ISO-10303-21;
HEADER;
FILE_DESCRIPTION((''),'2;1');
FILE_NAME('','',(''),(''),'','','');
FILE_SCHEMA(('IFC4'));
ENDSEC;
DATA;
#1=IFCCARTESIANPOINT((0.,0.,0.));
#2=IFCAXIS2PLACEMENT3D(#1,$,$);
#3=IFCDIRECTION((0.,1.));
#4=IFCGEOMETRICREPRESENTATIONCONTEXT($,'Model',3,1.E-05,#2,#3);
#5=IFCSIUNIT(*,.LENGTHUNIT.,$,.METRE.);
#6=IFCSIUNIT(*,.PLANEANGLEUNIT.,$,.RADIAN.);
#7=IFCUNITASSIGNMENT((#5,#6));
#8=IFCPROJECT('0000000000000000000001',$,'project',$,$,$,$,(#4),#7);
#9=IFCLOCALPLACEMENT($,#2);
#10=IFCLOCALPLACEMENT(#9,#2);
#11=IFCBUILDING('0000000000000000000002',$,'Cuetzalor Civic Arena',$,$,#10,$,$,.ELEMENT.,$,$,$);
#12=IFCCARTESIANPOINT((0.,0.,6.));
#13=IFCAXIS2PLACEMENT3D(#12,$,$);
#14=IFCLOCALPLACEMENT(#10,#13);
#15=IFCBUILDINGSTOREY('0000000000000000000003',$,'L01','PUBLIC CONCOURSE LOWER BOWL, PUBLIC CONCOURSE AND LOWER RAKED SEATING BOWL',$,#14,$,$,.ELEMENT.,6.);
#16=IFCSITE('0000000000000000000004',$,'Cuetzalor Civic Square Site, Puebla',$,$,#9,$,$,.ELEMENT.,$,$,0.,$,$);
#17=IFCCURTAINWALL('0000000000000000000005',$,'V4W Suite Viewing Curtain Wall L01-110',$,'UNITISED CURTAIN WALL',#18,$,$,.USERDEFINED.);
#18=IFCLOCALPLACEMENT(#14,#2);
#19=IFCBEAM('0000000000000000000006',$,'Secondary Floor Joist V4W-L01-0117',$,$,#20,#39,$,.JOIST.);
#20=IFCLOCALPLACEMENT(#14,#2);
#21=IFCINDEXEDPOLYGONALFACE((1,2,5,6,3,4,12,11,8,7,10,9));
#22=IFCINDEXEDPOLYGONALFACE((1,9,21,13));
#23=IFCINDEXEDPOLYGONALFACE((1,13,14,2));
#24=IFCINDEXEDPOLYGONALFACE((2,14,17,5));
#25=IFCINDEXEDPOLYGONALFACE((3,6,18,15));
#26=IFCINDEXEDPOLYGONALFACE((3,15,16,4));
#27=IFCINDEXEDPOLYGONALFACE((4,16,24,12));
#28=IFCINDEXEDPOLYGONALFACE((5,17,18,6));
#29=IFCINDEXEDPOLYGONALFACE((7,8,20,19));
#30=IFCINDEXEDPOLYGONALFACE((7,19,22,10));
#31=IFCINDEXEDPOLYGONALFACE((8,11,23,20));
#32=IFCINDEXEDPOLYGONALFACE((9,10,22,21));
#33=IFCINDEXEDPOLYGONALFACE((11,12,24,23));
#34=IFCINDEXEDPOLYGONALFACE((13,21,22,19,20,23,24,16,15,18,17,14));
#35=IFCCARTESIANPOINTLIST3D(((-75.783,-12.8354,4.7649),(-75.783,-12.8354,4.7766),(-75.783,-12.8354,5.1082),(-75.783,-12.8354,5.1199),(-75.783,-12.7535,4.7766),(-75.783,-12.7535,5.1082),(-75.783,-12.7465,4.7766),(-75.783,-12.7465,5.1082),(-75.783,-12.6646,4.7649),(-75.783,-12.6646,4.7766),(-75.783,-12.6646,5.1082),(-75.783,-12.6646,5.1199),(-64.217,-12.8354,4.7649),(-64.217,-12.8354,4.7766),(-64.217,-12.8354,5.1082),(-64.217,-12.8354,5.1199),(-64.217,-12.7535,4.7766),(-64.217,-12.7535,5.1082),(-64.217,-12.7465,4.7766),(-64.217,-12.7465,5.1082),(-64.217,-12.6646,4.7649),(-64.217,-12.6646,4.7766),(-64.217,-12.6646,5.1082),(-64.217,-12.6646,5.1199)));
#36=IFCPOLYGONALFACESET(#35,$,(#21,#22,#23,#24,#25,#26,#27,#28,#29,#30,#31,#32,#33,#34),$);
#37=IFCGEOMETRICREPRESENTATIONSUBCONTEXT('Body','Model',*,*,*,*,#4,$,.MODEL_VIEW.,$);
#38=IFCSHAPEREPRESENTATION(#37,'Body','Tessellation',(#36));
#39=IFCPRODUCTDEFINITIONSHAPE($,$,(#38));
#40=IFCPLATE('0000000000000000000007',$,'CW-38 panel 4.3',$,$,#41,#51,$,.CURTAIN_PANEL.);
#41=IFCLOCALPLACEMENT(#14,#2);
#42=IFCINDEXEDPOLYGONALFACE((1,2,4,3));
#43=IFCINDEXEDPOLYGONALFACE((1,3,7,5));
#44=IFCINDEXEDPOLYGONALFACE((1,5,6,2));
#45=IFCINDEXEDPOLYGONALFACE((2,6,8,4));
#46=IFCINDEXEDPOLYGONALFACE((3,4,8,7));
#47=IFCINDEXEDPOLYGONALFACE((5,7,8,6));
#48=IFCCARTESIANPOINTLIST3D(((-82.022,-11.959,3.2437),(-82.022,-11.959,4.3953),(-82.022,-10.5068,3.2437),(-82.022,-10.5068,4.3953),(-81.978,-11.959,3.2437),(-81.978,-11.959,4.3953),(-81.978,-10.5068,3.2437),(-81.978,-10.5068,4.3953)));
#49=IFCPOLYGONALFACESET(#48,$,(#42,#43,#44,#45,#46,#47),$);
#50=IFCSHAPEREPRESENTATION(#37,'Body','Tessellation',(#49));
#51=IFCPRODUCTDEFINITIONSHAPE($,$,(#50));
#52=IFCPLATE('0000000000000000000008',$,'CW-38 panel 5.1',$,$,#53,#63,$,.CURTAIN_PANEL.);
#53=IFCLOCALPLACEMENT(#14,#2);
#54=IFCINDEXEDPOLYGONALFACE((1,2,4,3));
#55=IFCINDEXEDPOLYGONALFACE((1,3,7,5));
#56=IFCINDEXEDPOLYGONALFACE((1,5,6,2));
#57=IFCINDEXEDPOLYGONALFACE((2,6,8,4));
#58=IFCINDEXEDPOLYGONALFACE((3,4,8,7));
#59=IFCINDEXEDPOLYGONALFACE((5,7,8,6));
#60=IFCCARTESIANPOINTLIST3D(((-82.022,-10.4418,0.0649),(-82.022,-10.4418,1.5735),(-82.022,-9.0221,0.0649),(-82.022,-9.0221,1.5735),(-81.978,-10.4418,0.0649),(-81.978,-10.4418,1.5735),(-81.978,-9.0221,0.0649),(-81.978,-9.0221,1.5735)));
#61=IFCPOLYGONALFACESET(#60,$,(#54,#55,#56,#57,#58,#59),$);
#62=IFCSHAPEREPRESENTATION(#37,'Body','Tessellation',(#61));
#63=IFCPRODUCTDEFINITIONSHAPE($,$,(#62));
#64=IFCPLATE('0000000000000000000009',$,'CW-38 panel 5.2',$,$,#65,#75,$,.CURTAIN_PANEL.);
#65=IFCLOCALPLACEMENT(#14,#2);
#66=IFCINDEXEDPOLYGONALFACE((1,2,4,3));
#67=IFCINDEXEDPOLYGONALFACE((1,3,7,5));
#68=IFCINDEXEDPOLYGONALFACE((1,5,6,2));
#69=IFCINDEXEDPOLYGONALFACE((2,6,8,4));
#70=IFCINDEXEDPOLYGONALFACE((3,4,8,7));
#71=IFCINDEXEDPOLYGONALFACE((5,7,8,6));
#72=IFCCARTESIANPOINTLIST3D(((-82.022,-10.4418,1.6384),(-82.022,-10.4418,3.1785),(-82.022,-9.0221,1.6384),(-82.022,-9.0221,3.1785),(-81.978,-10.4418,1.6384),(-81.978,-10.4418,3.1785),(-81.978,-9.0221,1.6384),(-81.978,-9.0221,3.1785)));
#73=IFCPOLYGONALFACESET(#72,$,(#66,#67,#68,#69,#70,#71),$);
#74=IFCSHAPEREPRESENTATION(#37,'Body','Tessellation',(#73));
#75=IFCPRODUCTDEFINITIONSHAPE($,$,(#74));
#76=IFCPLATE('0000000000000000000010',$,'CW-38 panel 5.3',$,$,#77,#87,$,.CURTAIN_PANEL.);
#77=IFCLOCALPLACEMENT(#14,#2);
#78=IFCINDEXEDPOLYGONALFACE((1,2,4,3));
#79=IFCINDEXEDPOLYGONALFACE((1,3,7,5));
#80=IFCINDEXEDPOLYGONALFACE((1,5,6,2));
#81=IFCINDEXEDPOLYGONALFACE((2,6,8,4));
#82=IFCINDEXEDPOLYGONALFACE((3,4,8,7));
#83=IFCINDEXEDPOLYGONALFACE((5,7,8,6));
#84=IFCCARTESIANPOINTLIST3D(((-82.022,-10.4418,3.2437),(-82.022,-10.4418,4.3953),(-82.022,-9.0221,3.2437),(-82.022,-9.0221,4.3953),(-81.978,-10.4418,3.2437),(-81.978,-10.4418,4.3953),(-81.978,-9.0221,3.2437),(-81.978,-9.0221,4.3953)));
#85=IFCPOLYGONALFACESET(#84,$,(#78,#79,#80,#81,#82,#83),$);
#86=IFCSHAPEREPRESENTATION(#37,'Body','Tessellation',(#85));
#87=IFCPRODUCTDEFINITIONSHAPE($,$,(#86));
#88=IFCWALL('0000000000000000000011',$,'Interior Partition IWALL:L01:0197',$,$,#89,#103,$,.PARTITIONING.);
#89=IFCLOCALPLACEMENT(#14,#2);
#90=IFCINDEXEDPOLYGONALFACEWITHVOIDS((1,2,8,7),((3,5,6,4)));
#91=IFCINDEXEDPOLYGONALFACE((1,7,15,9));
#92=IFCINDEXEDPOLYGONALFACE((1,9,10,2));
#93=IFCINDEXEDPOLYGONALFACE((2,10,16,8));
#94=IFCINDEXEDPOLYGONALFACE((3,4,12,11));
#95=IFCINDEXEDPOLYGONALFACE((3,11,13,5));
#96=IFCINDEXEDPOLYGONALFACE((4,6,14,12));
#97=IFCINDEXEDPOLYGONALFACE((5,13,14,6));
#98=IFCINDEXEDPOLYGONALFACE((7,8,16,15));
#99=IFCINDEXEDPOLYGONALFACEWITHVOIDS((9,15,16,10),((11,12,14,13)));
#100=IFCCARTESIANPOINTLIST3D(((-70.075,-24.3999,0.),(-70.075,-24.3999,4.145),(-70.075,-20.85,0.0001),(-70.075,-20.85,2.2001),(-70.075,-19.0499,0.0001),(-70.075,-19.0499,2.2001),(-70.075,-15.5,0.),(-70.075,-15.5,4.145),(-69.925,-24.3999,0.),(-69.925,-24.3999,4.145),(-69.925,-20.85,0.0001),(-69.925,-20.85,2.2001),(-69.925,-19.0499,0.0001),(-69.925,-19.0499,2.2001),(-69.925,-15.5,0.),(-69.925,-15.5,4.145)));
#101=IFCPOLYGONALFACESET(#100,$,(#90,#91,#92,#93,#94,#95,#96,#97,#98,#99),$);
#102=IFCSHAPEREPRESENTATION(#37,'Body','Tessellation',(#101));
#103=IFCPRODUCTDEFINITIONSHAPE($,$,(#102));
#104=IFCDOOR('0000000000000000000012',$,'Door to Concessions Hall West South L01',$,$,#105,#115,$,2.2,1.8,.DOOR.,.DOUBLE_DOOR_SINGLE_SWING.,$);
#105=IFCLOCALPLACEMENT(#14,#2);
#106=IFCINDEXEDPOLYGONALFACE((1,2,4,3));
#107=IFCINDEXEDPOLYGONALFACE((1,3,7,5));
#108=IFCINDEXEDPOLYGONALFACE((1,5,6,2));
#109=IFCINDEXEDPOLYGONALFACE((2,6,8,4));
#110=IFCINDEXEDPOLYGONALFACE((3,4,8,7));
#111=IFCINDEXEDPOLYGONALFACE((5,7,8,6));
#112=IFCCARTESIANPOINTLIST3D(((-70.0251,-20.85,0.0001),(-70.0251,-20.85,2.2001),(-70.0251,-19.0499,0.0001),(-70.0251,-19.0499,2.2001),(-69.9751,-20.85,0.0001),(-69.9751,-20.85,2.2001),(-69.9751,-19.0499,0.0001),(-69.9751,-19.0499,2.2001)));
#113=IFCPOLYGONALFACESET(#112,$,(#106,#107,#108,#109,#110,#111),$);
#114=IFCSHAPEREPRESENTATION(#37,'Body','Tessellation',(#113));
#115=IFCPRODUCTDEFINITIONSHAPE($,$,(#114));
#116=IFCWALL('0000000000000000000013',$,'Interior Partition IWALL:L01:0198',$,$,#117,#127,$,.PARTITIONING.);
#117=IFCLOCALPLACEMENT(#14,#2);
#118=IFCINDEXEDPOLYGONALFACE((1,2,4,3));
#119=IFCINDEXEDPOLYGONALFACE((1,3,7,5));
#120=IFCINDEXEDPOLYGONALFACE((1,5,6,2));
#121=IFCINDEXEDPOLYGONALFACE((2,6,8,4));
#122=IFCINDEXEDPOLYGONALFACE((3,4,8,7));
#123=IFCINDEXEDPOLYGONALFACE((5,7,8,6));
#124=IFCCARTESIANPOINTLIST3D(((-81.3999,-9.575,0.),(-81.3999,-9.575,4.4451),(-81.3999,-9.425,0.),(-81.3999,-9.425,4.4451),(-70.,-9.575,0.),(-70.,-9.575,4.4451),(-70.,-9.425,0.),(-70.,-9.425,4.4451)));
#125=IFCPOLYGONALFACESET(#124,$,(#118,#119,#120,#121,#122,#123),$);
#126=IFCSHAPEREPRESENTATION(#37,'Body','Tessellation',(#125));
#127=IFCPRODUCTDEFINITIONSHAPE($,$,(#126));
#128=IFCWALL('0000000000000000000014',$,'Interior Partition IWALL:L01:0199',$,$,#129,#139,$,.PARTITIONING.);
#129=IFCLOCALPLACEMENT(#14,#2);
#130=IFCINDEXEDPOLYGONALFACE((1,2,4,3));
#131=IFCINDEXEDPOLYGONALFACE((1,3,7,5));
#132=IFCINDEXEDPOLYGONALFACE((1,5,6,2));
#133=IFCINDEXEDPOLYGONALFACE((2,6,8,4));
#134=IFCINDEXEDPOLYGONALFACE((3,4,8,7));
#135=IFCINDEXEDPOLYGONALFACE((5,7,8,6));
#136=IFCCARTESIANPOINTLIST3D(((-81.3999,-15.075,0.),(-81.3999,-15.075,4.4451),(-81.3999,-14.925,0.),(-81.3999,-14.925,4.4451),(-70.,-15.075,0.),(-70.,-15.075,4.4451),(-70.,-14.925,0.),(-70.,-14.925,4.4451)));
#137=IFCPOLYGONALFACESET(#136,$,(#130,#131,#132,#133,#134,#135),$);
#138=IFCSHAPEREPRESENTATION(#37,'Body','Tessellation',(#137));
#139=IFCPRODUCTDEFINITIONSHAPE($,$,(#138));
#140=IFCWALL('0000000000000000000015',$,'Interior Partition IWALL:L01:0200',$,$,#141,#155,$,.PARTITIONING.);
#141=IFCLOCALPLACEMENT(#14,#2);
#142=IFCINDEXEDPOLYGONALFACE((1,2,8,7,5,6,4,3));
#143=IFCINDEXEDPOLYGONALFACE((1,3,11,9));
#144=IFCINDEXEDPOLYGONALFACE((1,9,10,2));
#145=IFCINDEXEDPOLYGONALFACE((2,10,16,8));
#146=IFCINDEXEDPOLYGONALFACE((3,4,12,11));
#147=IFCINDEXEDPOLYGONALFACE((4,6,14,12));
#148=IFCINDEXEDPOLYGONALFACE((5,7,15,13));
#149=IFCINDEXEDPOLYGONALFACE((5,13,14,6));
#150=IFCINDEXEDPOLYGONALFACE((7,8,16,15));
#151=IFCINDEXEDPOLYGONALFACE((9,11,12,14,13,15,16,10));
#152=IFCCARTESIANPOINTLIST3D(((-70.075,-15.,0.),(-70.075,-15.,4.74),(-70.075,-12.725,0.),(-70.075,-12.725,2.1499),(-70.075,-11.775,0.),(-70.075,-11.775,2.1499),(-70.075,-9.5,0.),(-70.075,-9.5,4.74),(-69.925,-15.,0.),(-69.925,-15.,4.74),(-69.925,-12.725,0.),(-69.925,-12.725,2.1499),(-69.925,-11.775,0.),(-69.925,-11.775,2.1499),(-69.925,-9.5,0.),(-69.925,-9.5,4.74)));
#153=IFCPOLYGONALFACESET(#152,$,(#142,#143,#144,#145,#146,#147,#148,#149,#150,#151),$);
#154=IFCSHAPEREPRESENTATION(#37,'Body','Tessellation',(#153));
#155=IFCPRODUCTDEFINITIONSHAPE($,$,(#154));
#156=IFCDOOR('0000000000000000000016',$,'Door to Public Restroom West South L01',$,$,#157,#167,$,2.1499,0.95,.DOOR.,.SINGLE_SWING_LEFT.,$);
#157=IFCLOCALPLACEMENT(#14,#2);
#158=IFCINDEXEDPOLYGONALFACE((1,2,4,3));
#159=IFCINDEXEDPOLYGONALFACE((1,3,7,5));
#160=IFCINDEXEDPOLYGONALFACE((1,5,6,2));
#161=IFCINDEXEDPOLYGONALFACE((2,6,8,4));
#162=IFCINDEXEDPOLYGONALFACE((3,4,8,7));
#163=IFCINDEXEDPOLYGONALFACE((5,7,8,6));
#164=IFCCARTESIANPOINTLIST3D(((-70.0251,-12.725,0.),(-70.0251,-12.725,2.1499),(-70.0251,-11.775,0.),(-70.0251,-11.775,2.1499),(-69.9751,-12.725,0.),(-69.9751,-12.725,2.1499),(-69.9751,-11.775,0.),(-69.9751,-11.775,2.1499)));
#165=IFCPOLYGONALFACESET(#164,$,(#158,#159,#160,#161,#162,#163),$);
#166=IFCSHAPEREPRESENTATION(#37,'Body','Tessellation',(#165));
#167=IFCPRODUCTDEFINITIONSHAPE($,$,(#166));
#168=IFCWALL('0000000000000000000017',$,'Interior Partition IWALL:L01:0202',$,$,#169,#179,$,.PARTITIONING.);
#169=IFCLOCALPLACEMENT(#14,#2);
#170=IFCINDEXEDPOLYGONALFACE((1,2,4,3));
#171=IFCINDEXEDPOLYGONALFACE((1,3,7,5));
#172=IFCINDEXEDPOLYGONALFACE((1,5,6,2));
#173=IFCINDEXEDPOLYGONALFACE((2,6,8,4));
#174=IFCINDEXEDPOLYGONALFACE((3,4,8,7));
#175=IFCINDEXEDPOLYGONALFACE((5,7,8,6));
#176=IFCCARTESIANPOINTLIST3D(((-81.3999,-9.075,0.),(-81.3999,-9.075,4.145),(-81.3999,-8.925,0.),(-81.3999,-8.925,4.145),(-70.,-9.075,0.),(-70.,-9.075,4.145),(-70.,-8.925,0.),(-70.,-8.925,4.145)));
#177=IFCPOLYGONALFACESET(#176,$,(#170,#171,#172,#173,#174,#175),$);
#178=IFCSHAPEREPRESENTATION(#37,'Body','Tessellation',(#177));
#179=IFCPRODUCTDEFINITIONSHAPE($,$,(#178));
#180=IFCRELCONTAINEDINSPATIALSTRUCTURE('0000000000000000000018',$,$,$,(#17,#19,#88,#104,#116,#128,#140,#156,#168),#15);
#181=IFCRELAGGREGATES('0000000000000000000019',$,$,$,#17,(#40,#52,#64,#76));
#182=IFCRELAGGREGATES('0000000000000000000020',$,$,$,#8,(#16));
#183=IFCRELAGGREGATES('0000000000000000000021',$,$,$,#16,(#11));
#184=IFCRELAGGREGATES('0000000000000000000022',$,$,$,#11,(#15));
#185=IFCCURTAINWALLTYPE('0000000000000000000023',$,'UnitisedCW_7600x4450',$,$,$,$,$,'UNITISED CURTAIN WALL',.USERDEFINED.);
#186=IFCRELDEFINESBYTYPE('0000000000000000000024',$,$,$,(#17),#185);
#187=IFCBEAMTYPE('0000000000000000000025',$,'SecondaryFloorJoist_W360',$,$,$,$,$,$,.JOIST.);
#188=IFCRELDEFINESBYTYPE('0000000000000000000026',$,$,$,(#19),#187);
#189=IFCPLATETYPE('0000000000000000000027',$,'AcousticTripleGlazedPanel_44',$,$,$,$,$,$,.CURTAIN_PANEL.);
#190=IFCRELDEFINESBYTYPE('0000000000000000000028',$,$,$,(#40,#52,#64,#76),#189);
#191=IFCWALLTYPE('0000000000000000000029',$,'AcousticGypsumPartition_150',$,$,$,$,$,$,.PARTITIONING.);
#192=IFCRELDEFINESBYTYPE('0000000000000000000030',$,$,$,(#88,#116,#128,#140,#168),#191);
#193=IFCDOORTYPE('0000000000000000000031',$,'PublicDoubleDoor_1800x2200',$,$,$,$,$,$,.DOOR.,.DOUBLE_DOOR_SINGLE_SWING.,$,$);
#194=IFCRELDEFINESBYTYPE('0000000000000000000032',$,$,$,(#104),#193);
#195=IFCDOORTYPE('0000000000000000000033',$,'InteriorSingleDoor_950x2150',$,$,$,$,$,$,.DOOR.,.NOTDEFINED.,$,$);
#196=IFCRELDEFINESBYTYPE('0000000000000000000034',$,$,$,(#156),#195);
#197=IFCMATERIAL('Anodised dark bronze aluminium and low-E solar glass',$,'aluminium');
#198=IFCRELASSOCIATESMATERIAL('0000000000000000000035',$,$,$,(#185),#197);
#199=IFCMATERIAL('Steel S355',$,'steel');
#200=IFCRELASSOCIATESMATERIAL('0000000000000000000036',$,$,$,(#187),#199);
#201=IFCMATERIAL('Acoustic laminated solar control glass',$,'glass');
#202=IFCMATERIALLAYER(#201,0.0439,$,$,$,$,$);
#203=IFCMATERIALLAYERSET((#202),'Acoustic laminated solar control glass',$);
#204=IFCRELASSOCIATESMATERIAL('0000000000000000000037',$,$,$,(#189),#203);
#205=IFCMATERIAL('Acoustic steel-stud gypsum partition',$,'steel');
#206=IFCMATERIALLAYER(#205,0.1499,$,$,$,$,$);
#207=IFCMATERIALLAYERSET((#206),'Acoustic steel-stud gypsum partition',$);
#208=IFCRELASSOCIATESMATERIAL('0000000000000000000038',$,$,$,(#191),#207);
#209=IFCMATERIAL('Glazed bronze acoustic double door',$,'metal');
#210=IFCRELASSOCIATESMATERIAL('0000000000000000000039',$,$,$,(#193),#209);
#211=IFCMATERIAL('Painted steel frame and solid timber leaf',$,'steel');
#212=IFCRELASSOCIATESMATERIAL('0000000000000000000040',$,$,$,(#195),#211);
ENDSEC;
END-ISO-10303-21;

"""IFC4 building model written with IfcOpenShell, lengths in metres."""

from ifc_helpers import new_model, si_unit, direction, frame, frame_2d, origin, origin_2d, place, context, subcontext, project, spatial, rectangle, i_section, extrude, material, layer, layer_set, material_profile, profile_set, type_object, element, fill, aggregate, save


model = new_model("IFC4")

# Units and contexts
model_context = context("Model", 3, precision=1e-05, world=origin(), true_north=direction((0.0, 1.0)))
body_context = subcontext(model_context, "Body", "Model", "MODEL_VIEW")
ifc_project = project(units=[si_unit("LENGTHUNIT", "METRE"), si_unit("PLANEANGLEUNIT", "RADIAN")], contexts=[model_context])

# Site, building, storey
site_placement = place(None, origin())
site = spatial("IfcSite", under=ifc_project, at=site_placement, Name="Cuetzalor Civic Square Site, Puebla", CompositionType="ELEMENT", RefElevation=0.0)
building_placement = place(site_placement, origin())
building = spatial("IfcBuilding", under=site, at=building_placement, Name="Cuetzalor Civic Arena", CompositionType="ELEMENT")
storey_placement = place(building_placement, frame((0.0, 0.0, 6.0)))
storey = spatial("IfcBuildingStorey", under=building, at=storey_placement, Name="L01", Description="PUBLIC CONCOURSE LOWER BOWL, PUBLIC CONCOURSE AND LOWER RAKED SEATING BOWL", CompositionType="ELEMENT", Elevation=6.0)

# Curtain wall
ifc_material_1 = material(Name="Anodised dark bronze aluminium and low-E solar glass", Category="aluminium")
curtain_wall_type = type_object("IfcCurtainWallType", Name="UnitisedCW_7600x4450", ElementType="UNITISED CURTAIN WALL", PredefinedType="USERDEFINED", material=ifc_material_1)
curtain_wall_placement = place(storey_placement, origin())
curtain_wall = element("IfcCurtainWall", 1, at=curtain_wall_placement, inside=storey, type_object=curtain_wall_type, Name="V4W Suite Viewing Curtain Wall L01-110", ObjectType="UNITISED CURTAIN WALL", PredefinedType="USERDEFINED")

# Beam
ifc_material_2 = material(Name="Steel S355", Category="steel")
ifc_material_profile_1 = material_profile(ifc_material_2, i_section(OverallWidth=0.1709, OverallDepth=0.355, WebThickness=0.0071, FlangeThickness=0.0117, at=origin_2d()), Name="W360x51")
ifc_profile_set_1 = profile_set([ifc_material_profile_1], Name="Steel S355")
beam_type_1 = type_object("IfcBeamType", Name="SecondaryFloorJoist_W360", PredefinedType="JOIST", material=ifc_profile_set_1)
beam_1_placement = place(storey_placement, frame((-75.783, -12.75, 4.9424), z_axis=(1.0, 0.0, 0.0), x_axis=(0.0, 1.0, 0.0)))
element("IfcBeam", 2, at=beam_1_placement, inside=storey, type_object=beam_type_1, Name="Secondary Floor Joist V4W-L01-0117", PredefinedType="JOIST", context=body_context, shape_type="SweptSolid", body=[
    extrude(i_section(OverallWidth=0.1709, OverallDepth=0.355, WebThickness=0.0071, FlangeThickness=0.0117, at=origin_2d()), origin(), (0.0, 0.0, 1.0), 11.5659),
])

# Plates
ifc_material_3 = material(Name="Acoustic laminated solar control glass", Category="glass")
ifc_layer_1 = layer(ifc_material_3, 0.0439)
ifc_layer_set_1 = layer_set([ifc_layer_1], Name="Acoustic laminated solar control glass")
plate_type = type_object("IfcPlateType", Name="AcousticTripleGlazedPanel_44", PredefinedType="CURTAIN_PANEL", material=ifc_layer_set_1)
plate_1_placement = place(storey_placement, frame((-82.0, -11.2329, 3.2437), z_axis=(0.0, 0.0, 1.0), x_axis=(0.0, 1.0, 0.0)))
plate_1 = element("IfcPlate", 3, at=plate_1_placement, type_object=plate_type, Name="CW-38 panel 4.3", PredefinedType="CURTAIN_PANEL", context=body_context, shape_type="SweptSolid", body=[
    extrude(rectangle(XDim=1.4521, YDim=0.0439, at=origin_2d()), origin(), (0.0, 0.0, 1.0), 1.1516),
])
plate_2_placement = place(storey_placement, frame((-82.0, -9.7319, 0.0649), z_axis=(0.0, 0.0, 1.0), x_axis=(0.0, 1.0, 0.0)))
plate_2 = element("IfcPlate", 4, at=plate_2_placement, type_object=plate_type, Name="CW-38 panel 5.1", PredefinedType="CURTAIN_PANEL", context=body_context, shape_type="SweptSolid", body=[
    extrude(rectangle(XDim=1.4197, YDim=0.0439, at=origin_2d()), origin(), (0.0, 0.0, 1.0), 1.5085),
])
plate_3_placement = place(storey_placement, frame((-82.0, -9.7319, 1.6384), z_axis=(0.0, 0.0, 1.0), x_axis=(0.0, 1.0, 0.0)))
plate_3 = element("IfcPlate", 5, at=plate_3_placement, type_object=plate_type, Name="CW-38 panel 5.2", PredefinedType="CURTAIN_PANEL", context=body_context, shape_type="SweptSolid", body=[
    extrude(rectangle(XDim=1.4197, YDim=0.0439, at=origin_2d()), origin(), (0.0, 0.0, 1.0), 1.54),
])
plate_4_placement = place(storey_placement, frame((-82.0, -9.7319, 3.2437), z_axis=(0.0, 0.0, 1.0), x_axis=(0.0, 1.0, 0.0)))
plate_4 = element("IfcPlate", 6, at=plate_4_placement, type_object=plate_type, Name="CW-38 panel 5.3", PredefinedType="CURTAIN_PANEL", context=body_context, shape_type="SweptSolid", body=[
    extrude(rectangle(XDim=1.4197, YDim=0.0439, at=origin_2d()), origin(), (0.0, 0.0, 1.0), 1.1516),
])
aggregate(curtain_wall, [plate_1, plate_2, plate_3, plate_4])

# Wall, opening, door
ifc_material_4 = material(Name="Acoustic steel-stud gypsum partition", Category="steel")
ifc_layer_2 = layer(ifc_material_4, 0.1499)
ifc_layer_set_2 = layer_set([ifc_layer_2], Name="Acoustic steel-stud gypsum partition")
wall_type_1 = type_object("IfcWallType", Name="AcousticGypsumPartition_150", PredefinedType="PARTITIONING", material=ifc_layer_set_2)
wall_1_placement = place(storey_placement, frame((-70.0, -15.5, 0.0), z_axis=(0.0, 0.0, 1.0), x_axis=(0.0, -1.0, 0.0)))
wall_1 = element("IfcWall", 7, at=wall_1_placement, inside=storey, type_object=wall_type_1, Name="Interior Partition IWALL:L01:0197", PredefinedType="PARTITIONING", context=body_context, shape_type="SweptSolid", body=[
    extrude(rectangle(XDim=8.8999, YDim=0.1499, at=frame_2d((4.45, 0.0))), origin(), (0.0, 0.0, 1.0), 4.145),
])
opening_1_placement = place(wall_1_placement, frame((3.55, 0.0, 0.0)))
opening_1 = element("IfcOpeningElement", 8, at=opening_1_placement, cuts=wall_1, PredefinedType="OPENING", context=body_context, shape_type="SweptSolid", body=[
    extrude(rectangle(XDim=1.8, YDim=2.2, at=frame_2d((0.8999, 1.1001))), frame((0.0, 0.085, 0.0), z_axis=(0.0, -1.0, 0.0), x_axis=(1.0, 0.0, 0.0)), (0.0, 0.0, 1.0), 0.1699),
])
ifc_material_5 = material(Name="Glazed bronze acoustic double door", Category="metal")
door_type_1 = type_object("IfcDoorType", Name="PublicDoubleDoor_1800x2200", OperationType="DOUBLE_DOOR_SINGLE_SWING", PredefinedType="DOOR", material=ifc_material_5)
door_1_placement = place(opening_1_placement, origin())
door_1 = element("IfcDoor", 9, at=door_1_placement, inside=storey, type_object=door_type_1, Name="Door to Concessions Hall West South L01", OperationType="DOUBLE_DOOR_SINGLE_SWING", OverallHeight=2.2, OverallWidth=1.8, PredefinedType="DOOR", context=body_context, shape_type="SweptSolid", body=[
    extrude(rectangle(XDim=1.8, YDim=2.2, at=frame_2d((0.8999, 1.1001))), frame((0.0, 0.0249, 0.0), z_axis=(0.0, -1.0, 0.0), x_axis=(1.0, 0.0, 0.0)), (0.0, 0.0, 1.0), 0.05),
])
fill(opening_1, door_1)

# Walls
for number, where, z_axis, x_axis, name in (
    (10, (-81.3999, -9.5, 0.0), (0.0, 0.0, 1.0), (1.0, 0.0, 0.0), "Interior Partition IWALL:L01:0198"),
    (11, (-70.0, -15.0, 0.0), (0.0, 0.0, 1.0), (-1.0, 0.0, 0.0), "Interior Partition IWALL:L01:0199"),
):
    element("IfcWall", number, at=place(storey_placement, frame(where, z_axis=z_axis, x_axis=x_axis)), inside=storey, type_object=wall_type_1, Name=name, PredefinedType="PARTITIONING", context=body_context, shape_type="SweptSolid", body=[
        extrude(rectangle(XDim=11.3999, YDim=0.1499, at=frame_2d((5.7, 0.0))), origin(), (0.0, 0.0, 1.0), 4.4451),
    ])

# Wall, opening, door
wall_2_placement = place(storey_placement, frame((-70.0, -9.5, 0.0), z_axis=(0.0, 0.0, 1.0), x_axis=(0.0, -1.0, 0.0)))
wall_2 = element("IfcWall", 12, at=wall_2_placement, inside=storey, type_object=wall_type_1, Name="Interior Partition IWALL:L01:0200", PredefinedType="PARTITIONING", context=body_context, shape_type="SweptSolid", body=[
    extrude(rectangle(XDim=5.5, YDim=0.1499, at=frame_2d((2.75, 0.0))), origin(), (0.0, 0.0, 1.0), 4.74),
])
opening_2_placement = place(wall_2_placement, frame((2.2749, 0.0, 0.0)))
opening_2 = element("IfcOpeningElement", 13, at=opening_2_placement, cuts=wall_2, PredefinedType="OPENING", context=body_context, shape_type="SweptSolid", body=[
    extrude(rectangle(XDim=0.95, YDim=2.1499, at=frame_2d((0.4751, 1.075))), frame((0.0, 0.085, 0.0), z_axis=(0.0, -1.0, 0.0), x_axis=(1.0, 0.0, 0.0)), (0.0, 0.0, 1.0), 0.1699),
])
ifc_material_6 = material(Name="Painted steel frame and solid timber leaf", Category="steel")
door_type_2 = type_object("IfcDoorType", Name="InteriorSingleDoor_950x2150", OperationType="NOTDEFINED", PredefinedType="DOOR", material=ifc_material_6)
door_2_placement = place(opening_2_placement, origin())
door_2 = element("IfcDoor", 14, at=door_2_placement, inside=storey, type_object=door_type_2, Name="Door to Public Restroom West South L01", OperationType="SINGLE_SWING_LEFT", OverallHeight=2.1499, OverallWidth=0.95, PredefinedType="DOOR", context=body_context, shape_type="SweptSolid", body=[
    extrude(rectangle(XDim=0.95, YDim=2.1499, at=frame_2d((0.4751, 1.075))), frame((0.0, 0.0249, 0.0), z_axis=(0.0, -1.0, 0.0), x_axis=(1.0, 0.0, 0.0)), (0.0, 0.0, 1.0), 0.05),
])
fill(opening_2, door_2)

# Wall
wall_3_placement = place(storey_placement, frame((-70.0, -9.0, 0.0), z_axis=(0.0, 0.0, 1.0), x_axis=(-1.0, 0.0, 0.0)))
element("IfcWall", 15, at=wall_3_placement, inside=storey, type_object=wall_type_1, Name="Interior Partition IWALL:L01:0202", PredefinedType="PARTITIONING", context=body_context, shape_type="SweptSolid", body=[
    extrude(rectangle(XDim=11.3999, YDim=0.1499, at=frame_2d((5.7, 0.0))), origin(), (0.0, 0.0, 1.0), 4.145),
])

save(model, "model.ifc")
